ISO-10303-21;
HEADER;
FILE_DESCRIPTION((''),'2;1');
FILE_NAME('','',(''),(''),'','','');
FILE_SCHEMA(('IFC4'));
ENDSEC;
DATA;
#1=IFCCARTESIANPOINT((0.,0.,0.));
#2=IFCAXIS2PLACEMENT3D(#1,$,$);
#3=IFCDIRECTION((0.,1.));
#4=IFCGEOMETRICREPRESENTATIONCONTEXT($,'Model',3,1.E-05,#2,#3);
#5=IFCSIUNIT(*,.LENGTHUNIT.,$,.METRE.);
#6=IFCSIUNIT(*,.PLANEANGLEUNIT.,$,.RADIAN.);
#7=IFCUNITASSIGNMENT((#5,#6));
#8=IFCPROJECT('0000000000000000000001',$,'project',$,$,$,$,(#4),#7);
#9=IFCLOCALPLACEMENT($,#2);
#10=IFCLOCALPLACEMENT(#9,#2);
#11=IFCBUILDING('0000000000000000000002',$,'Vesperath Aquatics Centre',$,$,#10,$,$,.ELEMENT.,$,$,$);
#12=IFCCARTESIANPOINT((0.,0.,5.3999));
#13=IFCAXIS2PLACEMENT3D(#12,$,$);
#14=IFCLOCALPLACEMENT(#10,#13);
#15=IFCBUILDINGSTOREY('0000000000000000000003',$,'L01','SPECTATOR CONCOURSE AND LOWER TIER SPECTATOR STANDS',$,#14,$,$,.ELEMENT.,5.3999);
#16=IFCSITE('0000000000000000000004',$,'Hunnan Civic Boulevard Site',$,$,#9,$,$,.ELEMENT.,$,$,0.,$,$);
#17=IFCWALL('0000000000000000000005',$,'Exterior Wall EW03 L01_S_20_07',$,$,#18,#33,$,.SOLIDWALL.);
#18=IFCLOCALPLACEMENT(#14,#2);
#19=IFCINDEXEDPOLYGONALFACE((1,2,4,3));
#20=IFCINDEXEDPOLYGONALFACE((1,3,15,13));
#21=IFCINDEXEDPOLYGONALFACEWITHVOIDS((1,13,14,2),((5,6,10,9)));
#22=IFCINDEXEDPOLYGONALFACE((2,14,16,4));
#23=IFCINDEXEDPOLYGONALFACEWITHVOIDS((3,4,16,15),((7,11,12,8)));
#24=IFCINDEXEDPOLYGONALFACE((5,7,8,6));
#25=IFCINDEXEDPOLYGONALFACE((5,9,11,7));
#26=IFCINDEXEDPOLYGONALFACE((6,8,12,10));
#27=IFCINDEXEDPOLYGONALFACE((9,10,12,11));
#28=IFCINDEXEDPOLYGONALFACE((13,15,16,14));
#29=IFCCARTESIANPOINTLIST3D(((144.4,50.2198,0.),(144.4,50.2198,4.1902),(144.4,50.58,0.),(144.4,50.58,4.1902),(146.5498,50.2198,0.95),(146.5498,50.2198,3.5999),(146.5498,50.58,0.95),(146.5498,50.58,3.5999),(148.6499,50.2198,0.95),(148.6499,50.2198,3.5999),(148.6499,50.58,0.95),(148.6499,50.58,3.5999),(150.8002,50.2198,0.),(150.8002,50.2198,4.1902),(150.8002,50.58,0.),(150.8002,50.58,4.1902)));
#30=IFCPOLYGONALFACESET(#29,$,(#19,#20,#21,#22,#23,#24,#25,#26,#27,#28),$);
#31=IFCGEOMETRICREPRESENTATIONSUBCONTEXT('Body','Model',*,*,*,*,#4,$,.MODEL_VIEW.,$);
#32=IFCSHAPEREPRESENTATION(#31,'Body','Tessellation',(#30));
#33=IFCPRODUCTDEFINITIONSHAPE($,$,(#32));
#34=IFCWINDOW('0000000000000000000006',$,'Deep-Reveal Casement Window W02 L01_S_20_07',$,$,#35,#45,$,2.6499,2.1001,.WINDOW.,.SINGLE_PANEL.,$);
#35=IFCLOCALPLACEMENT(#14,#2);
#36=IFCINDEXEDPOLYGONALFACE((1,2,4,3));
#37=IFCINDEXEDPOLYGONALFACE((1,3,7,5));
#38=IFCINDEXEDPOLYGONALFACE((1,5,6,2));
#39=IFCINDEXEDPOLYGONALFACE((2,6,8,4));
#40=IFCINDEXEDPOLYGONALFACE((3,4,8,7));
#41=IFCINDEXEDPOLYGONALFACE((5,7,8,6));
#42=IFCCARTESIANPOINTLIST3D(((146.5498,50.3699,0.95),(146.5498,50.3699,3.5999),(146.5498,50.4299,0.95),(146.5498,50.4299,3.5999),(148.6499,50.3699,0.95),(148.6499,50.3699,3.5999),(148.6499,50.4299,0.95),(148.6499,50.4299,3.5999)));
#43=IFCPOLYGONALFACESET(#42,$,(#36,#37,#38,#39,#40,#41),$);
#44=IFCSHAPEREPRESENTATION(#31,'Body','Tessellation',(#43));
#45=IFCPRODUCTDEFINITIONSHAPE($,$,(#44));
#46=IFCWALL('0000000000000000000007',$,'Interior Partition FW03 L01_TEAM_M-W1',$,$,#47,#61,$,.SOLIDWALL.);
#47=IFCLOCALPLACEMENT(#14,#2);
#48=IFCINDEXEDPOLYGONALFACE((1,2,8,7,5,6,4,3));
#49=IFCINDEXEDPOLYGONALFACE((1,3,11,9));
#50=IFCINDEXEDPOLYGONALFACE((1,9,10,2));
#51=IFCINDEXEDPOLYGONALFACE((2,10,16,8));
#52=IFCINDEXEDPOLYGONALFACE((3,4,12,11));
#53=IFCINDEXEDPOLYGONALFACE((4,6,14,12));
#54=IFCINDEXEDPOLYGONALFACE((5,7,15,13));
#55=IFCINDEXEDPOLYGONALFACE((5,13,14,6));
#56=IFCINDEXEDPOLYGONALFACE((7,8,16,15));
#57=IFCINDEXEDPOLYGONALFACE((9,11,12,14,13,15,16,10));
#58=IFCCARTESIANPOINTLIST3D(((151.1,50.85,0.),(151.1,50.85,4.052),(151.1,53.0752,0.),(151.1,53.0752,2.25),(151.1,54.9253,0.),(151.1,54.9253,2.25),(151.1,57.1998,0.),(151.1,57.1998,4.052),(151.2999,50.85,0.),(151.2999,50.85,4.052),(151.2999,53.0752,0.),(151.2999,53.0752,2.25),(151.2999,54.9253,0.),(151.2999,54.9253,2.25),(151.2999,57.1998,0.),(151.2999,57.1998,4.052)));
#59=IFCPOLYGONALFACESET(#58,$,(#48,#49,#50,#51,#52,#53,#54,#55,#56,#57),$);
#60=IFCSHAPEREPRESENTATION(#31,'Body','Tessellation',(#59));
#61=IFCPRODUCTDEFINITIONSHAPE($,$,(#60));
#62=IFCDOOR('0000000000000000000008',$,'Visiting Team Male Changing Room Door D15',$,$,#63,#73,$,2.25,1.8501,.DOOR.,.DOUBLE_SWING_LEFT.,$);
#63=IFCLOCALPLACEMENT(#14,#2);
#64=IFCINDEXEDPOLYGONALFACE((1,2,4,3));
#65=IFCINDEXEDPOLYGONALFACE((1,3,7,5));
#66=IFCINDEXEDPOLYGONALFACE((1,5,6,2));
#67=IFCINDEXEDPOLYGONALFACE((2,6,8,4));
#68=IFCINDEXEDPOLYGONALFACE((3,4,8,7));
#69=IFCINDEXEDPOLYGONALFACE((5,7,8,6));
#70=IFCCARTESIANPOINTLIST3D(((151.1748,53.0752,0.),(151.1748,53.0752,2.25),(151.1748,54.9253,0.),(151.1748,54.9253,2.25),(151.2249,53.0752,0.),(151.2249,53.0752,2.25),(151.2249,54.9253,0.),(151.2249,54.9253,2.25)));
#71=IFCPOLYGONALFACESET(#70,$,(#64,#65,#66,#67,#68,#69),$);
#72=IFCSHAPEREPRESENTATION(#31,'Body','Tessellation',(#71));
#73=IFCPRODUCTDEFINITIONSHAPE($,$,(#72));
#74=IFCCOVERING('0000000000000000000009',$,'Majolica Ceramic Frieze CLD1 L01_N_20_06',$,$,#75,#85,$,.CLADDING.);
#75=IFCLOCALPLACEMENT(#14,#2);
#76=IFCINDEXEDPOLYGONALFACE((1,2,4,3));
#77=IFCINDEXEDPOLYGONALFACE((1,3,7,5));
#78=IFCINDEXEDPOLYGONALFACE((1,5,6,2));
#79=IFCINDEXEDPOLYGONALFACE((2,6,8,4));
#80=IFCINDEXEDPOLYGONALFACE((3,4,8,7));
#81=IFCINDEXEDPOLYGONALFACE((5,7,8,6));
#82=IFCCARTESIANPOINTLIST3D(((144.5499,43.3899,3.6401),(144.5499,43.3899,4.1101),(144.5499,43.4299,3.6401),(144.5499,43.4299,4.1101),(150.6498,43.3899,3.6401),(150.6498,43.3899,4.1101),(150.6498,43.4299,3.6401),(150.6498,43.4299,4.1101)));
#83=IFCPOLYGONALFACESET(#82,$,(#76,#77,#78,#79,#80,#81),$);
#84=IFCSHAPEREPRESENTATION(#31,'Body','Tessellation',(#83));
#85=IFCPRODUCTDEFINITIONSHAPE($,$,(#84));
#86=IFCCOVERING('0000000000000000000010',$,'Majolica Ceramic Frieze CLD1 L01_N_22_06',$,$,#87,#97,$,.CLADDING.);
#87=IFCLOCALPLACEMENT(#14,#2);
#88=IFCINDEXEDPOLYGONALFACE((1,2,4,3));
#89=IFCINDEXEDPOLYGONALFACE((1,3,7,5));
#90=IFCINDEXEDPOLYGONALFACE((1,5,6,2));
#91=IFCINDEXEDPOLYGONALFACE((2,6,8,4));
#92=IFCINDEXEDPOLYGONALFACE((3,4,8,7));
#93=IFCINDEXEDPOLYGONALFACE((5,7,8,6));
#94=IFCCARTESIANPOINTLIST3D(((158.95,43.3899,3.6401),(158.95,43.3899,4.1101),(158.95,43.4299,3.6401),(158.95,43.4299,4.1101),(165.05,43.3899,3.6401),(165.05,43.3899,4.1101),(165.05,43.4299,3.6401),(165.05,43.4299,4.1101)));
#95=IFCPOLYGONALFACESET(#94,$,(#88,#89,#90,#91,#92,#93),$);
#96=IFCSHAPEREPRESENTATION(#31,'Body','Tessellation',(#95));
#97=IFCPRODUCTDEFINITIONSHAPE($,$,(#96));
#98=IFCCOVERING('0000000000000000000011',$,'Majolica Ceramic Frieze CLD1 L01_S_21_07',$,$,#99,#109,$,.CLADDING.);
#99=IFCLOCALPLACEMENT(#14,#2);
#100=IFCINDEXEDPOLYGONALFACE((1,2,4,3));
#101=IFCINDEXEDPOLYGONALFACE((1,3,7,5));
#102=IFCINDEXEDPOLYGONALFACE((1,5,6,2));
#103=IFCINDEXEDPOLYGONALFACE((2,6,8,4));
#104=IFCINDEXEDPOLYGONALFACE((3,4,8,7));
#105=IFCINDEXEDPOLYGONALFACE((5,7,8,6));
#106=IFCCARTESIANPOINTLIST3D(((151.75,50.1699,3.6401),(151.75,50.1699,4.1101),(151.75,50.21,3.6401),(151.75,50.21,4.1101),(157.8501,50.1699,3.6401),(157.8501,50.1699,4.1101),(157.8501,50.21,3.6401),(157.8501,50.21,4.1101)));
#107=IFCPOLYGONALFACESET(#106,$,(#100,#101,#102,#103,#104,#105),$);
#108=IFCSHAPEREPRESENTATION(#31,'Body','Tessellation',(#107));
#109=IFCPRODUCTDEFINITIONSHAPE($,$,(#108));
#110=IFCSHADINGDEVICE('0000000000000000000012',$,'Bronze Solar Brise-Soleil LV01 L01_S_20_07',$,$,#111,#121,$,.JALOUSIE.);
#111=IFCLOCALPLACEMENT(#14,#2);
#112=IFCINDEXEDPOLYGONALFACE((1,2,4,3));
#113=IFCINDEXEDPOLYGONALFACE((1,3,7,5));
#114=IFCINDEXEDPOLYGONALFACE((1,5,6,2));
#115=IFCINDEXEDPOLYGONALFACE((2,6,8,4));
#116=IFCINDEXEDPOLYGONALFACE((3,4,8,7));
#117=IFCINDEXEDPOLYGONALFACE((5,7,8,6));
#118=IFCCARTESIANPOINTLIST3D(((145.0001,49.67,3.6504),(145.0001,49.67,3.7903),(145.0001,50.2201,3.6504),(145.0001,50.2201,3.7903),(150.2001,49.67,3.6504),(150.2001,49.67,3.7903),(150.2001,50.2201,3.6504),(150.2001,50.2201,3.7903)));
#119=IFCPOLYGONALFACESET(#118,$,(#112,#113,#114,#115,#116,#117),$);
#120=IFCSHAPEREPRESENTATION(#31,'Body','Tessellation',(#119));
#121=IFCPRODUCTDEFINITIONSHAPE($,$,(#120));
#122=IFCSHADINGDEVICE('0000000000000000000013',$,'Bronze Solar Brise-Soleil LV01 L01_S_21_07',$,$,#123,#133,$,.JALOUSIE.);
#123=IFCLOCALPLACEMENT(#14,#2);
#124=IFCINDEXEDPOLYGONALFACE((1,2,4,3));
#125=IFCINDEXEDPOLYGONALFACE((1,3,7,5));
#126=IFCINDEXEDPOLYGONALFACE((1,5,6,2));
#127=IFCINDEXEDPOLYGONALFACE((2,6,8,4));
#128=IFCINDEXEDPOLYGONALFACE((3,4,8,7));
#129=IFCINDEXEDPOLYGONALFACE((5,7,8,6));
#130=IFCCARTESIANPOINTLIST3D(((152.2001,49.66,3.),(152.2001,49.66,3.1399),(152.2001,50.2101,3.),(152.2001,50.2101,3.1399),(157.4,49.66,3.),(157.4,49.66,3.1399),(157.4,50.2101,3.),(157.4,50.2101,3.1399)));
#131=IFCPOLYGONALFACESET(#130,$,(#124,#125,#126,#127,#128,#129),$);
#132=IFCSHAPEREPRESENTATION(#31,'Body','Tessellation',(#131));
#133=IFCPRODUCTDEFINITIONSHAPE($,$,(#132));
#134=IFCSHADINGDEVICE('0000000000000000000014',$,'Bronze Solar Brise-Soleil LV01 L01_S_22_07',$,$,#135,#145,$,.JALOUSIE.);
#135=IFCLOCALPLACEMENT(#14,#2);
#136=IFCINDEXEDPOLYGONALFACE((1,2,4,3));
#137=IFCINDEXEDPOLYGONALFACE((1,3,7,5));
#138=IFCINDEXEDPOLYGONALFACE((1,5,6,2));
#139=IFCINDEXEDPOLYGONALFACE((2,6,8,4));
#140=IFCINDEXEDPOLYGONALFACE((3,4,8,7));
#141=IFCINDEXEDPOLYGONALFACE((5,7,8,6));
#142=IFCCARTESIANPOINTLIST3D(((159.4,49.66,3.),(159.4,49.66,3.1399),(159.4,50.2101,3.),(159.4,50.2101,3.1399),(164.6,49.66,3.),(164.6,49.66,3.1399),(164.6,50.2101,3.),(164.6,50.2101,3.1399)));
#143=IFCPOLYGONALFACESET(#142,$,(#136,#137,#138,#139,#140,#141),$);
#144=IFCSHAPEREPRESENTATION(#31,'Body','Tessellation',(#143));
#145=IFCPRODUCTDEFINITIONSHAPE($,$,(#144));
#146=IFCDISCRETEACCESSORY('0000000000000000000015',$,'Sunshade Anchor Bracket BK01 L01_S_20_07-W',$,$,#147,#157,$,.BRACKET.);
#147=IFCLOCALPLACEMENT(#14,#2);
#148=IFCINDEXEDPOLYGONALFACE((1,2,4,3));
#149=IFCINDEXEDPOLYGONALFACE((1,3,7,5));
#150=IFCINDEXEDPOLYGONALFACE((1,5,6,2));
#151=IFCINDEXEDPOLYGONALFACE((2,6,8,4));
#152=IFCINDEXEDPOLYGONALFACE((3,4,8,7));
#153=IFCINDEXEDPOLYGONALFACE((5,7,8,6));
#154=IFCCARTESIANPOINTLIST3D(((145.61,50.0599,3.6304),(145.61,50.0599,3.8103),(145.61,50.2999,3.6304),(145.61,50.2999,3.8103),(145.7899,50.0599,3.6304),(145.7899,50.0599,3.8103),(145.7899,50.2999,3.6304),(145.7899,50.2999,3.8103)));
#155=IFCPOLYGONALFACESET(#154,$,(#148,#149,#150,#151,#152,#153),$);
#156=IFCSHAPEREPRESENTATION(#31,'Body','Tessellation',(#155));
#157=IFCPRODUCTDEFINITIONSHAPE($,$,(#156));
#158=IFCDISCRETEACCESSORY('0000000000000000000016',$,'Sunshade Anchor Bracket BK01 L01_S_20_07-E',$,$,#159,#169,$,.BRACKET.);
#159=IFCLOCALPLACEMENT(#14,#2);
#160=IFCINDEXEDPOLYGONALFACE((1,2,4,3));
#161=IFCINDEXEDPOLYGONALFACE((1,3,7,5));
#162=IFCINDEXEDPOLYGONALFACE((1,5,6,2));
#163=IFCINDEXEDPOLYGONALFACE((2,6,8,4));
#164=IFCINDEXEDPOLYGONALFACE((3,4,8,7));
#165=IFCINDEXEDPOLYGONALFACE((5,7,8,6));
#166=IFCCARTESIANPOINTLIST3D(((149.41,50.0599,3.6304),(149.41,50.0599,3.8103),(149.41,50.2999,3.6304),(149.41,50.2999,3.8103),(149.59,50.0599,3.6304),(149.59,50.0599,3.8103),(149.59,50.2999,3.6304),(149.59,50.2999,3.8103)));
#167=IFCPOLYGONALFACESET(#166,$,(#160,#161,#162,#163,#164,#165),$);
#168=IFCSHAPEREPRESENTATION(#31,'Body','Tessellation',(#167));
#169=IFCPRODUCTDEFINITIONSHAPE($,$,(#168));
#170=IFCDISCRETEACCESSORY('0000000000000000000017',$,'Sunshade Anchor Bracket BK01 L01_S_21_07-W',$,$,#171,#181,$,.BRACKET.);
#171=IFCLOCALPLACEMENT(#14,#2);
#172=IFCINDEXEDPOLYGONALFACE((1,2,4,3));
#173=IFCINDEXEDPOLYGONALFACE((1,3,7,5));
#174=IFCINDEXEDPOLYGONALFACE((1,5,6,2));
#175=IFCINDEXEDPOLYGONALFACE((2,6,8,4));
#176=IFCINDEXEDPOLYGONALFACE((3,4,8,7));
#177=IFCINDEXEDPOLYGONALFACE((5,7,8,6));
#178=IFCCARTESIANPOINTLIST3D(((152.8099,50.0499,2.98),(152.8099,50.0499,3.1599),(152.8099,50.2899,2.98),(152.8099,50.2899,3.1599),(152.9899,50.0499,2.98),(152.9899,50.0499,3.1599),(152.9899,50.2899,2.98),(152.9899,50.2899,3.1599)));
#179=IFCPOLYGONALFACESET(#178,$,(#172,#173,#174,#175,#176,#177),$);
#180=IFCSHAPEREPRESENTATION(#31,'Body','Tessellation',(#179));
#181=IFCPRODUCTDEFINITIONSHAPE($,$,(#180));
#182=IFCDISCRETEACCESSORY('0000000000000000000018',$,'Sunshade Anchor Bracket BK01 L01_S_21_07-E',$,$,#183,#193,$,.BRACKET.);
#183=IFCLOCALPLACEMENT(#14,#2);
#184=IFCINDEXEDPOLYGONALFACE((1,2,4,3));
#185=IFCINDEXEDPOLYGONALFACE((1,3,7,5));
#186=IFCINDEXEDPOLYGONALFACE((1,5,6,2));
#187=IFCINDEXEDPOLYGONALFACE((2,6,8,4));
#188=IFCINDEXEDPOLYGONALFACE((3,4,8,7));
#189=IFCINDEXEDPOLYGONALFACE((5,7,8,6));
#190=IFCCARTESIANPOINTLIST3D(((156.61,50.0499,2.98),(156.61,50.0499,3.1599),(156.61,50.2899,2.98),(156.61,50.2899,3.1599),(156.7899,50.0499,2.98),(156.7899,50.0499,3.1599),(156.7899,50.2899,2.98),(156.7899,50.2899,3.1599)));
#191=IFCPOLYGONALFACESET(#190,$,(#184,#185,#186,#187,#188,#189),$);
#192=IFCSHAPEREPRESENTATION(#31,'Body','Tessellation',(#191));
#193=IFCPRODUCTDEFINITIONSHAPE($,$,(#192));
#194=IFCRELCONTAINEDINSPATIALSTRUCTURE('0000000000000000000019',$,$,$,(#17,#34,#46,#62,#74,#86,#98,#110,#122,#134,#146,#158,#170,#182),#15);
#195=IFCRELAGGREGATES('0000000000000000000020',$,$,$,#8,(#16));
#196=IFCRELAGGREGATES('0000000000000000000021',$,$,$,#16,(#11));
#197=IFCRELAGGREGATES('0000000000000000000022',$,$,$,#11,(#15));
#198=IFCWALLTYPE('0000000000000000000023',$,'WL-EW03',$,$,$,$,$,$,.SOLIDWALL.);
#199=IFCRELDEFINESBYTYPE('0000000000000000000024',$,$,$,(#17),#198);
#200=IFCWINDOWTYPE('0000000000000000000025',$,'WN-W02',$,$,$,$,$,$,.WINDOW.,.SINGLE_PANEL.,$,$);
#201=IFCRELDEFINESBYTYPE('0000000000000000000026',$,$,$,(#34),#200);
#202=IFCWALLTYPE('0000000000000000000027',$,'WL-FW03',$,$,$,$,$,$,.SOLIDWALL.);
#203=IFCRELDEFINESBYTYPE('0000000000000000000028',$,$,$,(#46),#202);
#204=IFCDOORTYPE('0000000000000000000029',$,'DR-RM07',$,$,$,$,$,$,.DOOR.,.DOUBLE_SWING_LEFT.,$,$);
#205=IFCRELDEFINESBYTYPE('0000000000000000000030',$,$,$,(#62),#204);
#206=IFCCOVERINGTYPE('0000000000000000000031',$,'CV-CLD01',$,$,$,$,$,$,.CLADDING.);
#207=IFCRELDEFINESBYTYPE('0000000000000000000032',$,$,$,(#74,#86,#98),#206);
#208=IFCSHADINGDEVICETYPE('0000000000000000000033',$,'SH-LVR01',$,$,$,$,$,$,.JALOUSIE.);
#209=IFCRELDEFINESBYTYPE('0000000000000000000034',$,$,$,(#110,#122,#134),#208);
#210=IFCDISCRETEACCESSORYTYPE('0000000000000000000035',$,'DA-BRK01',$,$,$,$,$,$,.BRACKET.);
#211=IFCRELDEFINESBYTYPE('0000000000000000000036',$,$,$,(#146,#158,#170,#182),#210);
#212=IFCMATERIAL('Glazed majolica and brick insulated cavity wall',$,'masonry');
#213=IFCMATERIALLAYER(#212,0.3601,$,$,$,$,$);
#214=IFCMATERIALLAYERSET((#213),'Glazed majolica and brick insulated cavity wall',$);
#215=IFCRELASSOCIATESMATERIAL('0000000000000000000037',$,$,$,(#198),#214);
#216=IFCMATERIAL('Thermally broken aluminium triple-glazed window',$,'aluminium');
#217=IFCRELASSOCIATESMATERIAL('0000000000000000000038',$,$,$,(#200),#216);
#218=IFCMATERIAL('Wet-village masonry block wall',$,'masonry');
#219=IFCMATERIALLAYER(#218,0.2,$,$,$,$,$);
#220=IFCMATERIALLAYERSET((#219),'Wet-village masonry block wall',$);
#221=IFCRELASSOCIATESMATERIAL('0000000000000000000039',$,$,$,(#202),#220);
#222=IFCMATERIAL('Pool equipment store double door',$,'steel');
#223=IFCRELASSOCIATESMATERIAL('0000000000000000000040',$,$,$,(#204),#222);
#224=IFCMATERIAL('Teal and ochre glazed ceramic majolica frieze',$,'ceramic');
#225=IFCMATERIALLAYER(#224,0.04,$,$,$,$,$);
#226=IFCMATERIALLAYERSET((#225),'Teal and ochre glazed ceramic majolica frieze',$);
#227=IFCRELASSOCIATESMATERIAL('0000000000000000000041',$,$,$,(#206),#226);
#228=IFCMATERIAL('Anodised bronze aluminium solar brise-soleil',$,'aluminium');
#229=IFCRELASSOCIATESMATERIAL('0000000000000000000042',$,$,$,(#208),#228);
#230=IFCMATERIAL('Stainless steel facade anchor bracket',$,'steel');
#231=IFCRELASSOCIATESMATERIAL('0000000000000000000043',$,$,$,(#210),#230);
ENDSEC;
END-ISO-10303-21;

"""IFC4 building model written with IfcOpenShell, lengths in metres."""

from ifc_helpers import new_model, si_unit, direction, frame, frame_2d, origin, origin_2d, place, context, subcontext, project, spatial, rectangle, extrude, material, layer, layer_set, type_object, element, fill, save


model = new_model("IFC4")

# Units and contexts
model_context = context("Model", 3, precision=1e-05, world=origin(), true_north=direction((0.0, 1.0)))
body_context = subcontext(model_context, "Body", "Model", "MODEL_VIEW")
ifc_project = project(units=[si_unit("LENGTHUNIT", "METRE"), si_unit("PLANEANGLEUNIT", "RADIAN")], contexts=[model_context])

# Site, building, storey
site_placement = place(None, origin())
site = spatial("IfcSite", under=ifc_project, at=site_placement, Name="Hunnan Civic Boulevard Site", CompositionType="ELEMENT", RefElevation=0.0)
building_placement = place(site_placement, origin())
building = spatial("IfcBuilding", under=site, at=building_placement, Name="Vesperath Aquatics Centre", CompositionType="ELEMENT")
storey_placement = place(building_placement, frame((0.0, 0.0, 5.3999)))
storey = spatial("IfcBuildingStorey", under=building, at=storey_placement, Name="L01", Description="SPECTATOR CONCOURSE AND LOWER TIER SPECTATOR STANDS", CompositionType="ELEMENT", Elevation=5.3999)

# Wall, opening, window
ifc_material_1 = material(Name="Thermally broken aluminium triple-glazed window", Category="aluminium")
ifc_material_2 = material(Name="Glazed majolica and brick insulated cavity wall", Category="masonry")
ifc_layer_1 = layer(ifc_material_2, 0.3601)
ifc_layer_set_1 = layer_set([ifc_layer_1], Name="Glazed majolica and brick insulated cavity wall")
wall_type_1 = type_object("IfcWallType", Name="WL-EW03", PredefinedType="SOLIDWALL", material=ifc_layer_set_1)
wall_1_placement = place(storey_placement, frame((144.3999, 50.3999, 0.0), z_axis=(0.0, 0.0, 1.0), x_axis=(1.0, 0.0, 0.0)))
wall_1 = element("IfcWall", 1, at=wall_1_placement, inside=storey, type_object=wall_type_1, Name="Exterior Wall EW03 L01_S_20_07", PredefinedType="SOLIDWALL", context=body_context, shape_type="SweptSolid", body=[
    extrude(rectangle(XDim=6.4001, YDim=0.3601, at=frame_2d((3.2002, 0.0))), origin(), (0.0, 0.0, 1.0), 4.1902),
])
opening_1_placement = place(wall_1_placement, frame((2.1499, 0.0, 0.95)))
opening_1 = element("IfcOpeningElement", 2, at=opening_1_placement, cuts=wall_1, PredefinedType="OPENING", context=body_context, shape_type="SweptSolid", body=[
    extrude(rectangle(XDim=2.1001, YDim=2.6499, at=frame_2d((1.05, 1.325))), frame((0.0, 0.1948, 0.0), z_axis=(0.0, -1.0, 0.0), x_axis=(1.0, 0.0, 0.0)), (0.0, 0.0, 1.0), 0.3899),
])
window_type_1 = type_object("IfcWindowType", Name="WN-W02", PartitioningType="SINGLE_PANEL", PredefinedType="WINDOW", material=ifc_material_1)
window_1_placement = place(opening_1_placement, origin())
window_1 = element("IfcWindow", 3, at=window_1_placement, inside=storey, type_object=window_type_1, Name="Deep-Reveal Casement Window W02 L01_S_20_07", OverallHeight=2.6499, OverallWidth=2.1001, PartitioningType="SINGLE_PANEL", PredefinedType="WINDOW", context=body_context, shape_type="SweptSolid", body=[
    extrude(rectangle(XDim=2.1001, YDim=2.6499, at=frame_2d((1.05, 1.325))), frame((0.0, 0.03, 0.0), z_axis=(0.0, -1.0, 0.0), x_axis=(1.0, 0.0, 0.0)), (0.0, 0.0, 1.0), 0.0601),
])
fill(opening_1, window_1)

# Wall, opening, door
ifc_material_3 = material(Name="Wet-village masonry block wall", Category="masonry")
ifc_layer_2 = layer(ifc_material_3, 0.2)
ifc_layer_set_2 = layer_set([ifc_layer_2], Name="Wet-village masonry block wall")
wall_type_2 = type_object("IfcWallType", Name="WL-FW03", PredefinedType="SOLIDWALL", material=ifc_layer_set_2)
wall_2_placement = place(storey_placement, frame((151.2, 50.8501, 0.0), z_axis=(0.0, 0.0, 1.0), x_axis=(0.0, 1.0, 0.0)))
wall_2 = element("IfcWall", 4, at=wall_2_placement, inside=storey, type_object=wall_type_2, Name="Interior Partition FW03 L01_TEAM_M-W1", PredefinedType="SOLIDWALL", context=body_context, shape_type="SweptSolid", body=[
    extrude(rectangle(XDim=6.3499, YDim=0.2, at=frame_2d((3.1748, 0.0))), origin(), (0.0, 0.0, 1.0), 4.052),
])
opening_2_placement = place(wall_2_placement, frame((2.2251, 0.0, 0.0)))
opening_2 = element("IfcOpeningElement", 5, at=opening_2_placement, cuts=wall_2, PredefinedType="OPENING", context=body_context, shape_type="SweptSolid", body=[
    extrude(rectangle(XDim=1.8501, YDim=2.25, at=frame_2d((0.925, 1.125))), frame((0.0, 0.1147, 0.0), z_axis=(0.0, -1.0, 0.0), x_axis=(1.0, 0.0, 0.0)), (0.0, 0.0, 1.0), 0.2297),
])
ifc_material_4 = material(Name="Pool equipment store double door", Category="steel")
door_type = type_object("IfcDoorType", Name="DR-RM07", OperationType="DOUBLE_SWING_LEFT", PredefinedType="DOOR", material=ifc_material_4)
door_placement = place(opening_2_placement, frame((1.8501, 0.0, 0.0), z_axis=(0.0, 0.0, 1.0), x_axis=(-1.0, 0.0, 0.0)))
door = element("IfcDoor", 6, at=door_placement, inside=storey, type_object=door_type, Name="Visiting Team Male Changing Room Door D15", OperationType="DOUBLE_SWING_LEFT", OverallHeight=2.25, OverallWidth=1.8501, PredefinedType="DOOR", context=body_context, shape_type="SweptSolid", body=[
    extrude(rectangle(XDim=1.8501, YDim=2.25, at=frame_2d((0.925, 1.125))), frame((0.0, 0.0249, 0.0), z_axis=(0.0, -1.0, 0.0), x_axis=(1.0, 0.0, 0.0)), (0.0, 0.0, 1.0), 0.05),
])
fill(opening_2, door)

# Coverings
ifc_material_5 = material(Name="Teal and ochre glazed ceramic majolica frieze", Category="ceramic")
ifc_layer_3 = layer(ifc_material_5, 0.04)
ifc_layer_set_3 = layer_set([ifc_layer_3], Name="Teal and ochre glazed ceramic majolica frieze")
covering_type = type_object("IfcCoveringType", Name="CV-CLD01", PredefinedType="CLADDING", material=ifc_layer_set_3)
covering_placement = place(storey_placement, frame((144.55, 43.4099, 3.6401), z_axis=(0.0, 0.0, 1.0), x_axis=(1.0, 0.0, 0.0)))
element("IfcCovering", 7, at=covering_placement, inside=storey, type_object=covering_type, Name="Majolica Ceramic Frieze CLD1 L01_N_20_06", PredefinedType="CLADDING", context=body_context, shape_type="SweptSolid", body=[
    extrude(rectangle(XDim=6.0999, YDim=0.04, at=frame_2d((3.0498, 0.0))), origin(), (0.0, 0.0, 1.0), 0.47),
])
for number, where, z_axis, x_axis, name in (
    (8, (158.95, 43.4099, 3.6401), (0.0, 0.0, 1.0), (1.0, 0.0, 0.0), "Majolica Ceramic Frieze CLD1 L01_N_22_06"),
    (9, (151.75, 50.1899, 3.6401), (0.0, 0.0, 1.0), (1.0, 0.0, 0.0), "Majolica Ceramic Frieze CLD1 L01_S_21_07"),
):
    element("IfcCovering", number, at=place(storey_placement, frame(where, z_axis=z_axis, x_axis=x_axis)), inside=storey, type_object=covering_type, Name=name, PredefinedType="CLADDING", context=body_context, shape_type="SweptSolid", body=[
        extrude(rectangle(XDim=6.1001, YDim=0.04, at=frame_2d((3.05, 0.0))), origin(), (0.0, 0.0, 1.0), 0.47),
    ])

# Shading devices
ifc_material_6 = material(Name="Anodised bronze aluminium solar brise-soleil", Category="aluminium")
shading_device_type = type_object("IfcShadingDeviceType", Name="SH-LVR01", PredefinedType="JALOUSIE", material=ifc_material_6)
for number, where, z_axis, x_axis, name in (
    (10, (147.6001, 49.9451, 3.6504), (0.0, 0.0, 1.0), (1.0, 0.0, 0.0), "Bronze Solar Brise-Soleil LV01 L01_S_20_07"),
    (11, (154.8, 49.9351, 3.0), (0.0, 0.0, 1.0), (1.0, 0.0, 0.0), "Bronze Solar Brise-Soleil LV01 L01_S_21_07"),
    (12, (162.0, 49.9351, 3.0), (0.0, 0.0, 1.0), (1.0, 0.0, 0.0), "Bronze Solar Brise-Soleil LV01 L01_S_22_07"),
):
    element("IfcShadingDevice", number, at=place(storey_placement, frame(where, z_axis=z_axis, x_axis=x_axis)), inside=storey, type_object=shading_device_type, Name=name, PredefinedType="JALOUSIE", context=body_context, shape_type="SweptSolid", body=[
        extrude(rectangle(XDim=5.2, YDim=0.55, at=origin_2d()), origin(), (0.0, 0.0, 1.0), 0.1399),
    ])

# Discrete accessories
ifc_material_7 = material(Name="Stainless steel facade anchor bracket", Category="steel")
discrete_accessory_type = type_object("IfcDiscreteAccessoryType", Name="DA-BRK01", PredefinedType="BRACKET", material=ifc_material_7)
for number, where, z_axis, x_axis, name in (
    (13, (145.7, 50.1799, 3.6304), (0.0, 0.0, 1.0), (1.0, 0.0, 0.0), "Sunshade Anchor Bracket BK01 L01_S_20_07-W"),
    (14, (149.5, 50.1799, 3.6304), (0.0, 0.0, 1.0), (1.0, 0.0, 0.0), "Sunshade Anchor Bracket BK01 L01_S_20_07-E"),
    (15, (152.8999, 50.1699, 2.98), (0.0, 0.0, 1.0), (1.0, 0.0, 0.0), "Sunshade Anchor Bracket BK01 L01_S_21_07-W"),
    (16, (156.7, 50.1699, 2.98), (0.0, 0.0, 1.0), (1.0, 0.0, 0.0), "Sunshade Anchor Bracket BK01 L01_S_21_07-E"),
):
    element("IfcDiscreteAccessory", number, at=place(storey_placement, frame(where, z_axis=z_axis, x_axis=x_axis)), inside=storey, type_object=discrete_accessory_type, Name=name, PredefinedType="BRACKET", context=body_context, shape_type="SweptSolid", body=[
        extrude(rectangle(XDim=0.1799, YDim=0.24, at=origin_2d()), origin(), (0.0, 0.0, 1.0), 0.1799),
    ])

save(model, "model.ifc")
